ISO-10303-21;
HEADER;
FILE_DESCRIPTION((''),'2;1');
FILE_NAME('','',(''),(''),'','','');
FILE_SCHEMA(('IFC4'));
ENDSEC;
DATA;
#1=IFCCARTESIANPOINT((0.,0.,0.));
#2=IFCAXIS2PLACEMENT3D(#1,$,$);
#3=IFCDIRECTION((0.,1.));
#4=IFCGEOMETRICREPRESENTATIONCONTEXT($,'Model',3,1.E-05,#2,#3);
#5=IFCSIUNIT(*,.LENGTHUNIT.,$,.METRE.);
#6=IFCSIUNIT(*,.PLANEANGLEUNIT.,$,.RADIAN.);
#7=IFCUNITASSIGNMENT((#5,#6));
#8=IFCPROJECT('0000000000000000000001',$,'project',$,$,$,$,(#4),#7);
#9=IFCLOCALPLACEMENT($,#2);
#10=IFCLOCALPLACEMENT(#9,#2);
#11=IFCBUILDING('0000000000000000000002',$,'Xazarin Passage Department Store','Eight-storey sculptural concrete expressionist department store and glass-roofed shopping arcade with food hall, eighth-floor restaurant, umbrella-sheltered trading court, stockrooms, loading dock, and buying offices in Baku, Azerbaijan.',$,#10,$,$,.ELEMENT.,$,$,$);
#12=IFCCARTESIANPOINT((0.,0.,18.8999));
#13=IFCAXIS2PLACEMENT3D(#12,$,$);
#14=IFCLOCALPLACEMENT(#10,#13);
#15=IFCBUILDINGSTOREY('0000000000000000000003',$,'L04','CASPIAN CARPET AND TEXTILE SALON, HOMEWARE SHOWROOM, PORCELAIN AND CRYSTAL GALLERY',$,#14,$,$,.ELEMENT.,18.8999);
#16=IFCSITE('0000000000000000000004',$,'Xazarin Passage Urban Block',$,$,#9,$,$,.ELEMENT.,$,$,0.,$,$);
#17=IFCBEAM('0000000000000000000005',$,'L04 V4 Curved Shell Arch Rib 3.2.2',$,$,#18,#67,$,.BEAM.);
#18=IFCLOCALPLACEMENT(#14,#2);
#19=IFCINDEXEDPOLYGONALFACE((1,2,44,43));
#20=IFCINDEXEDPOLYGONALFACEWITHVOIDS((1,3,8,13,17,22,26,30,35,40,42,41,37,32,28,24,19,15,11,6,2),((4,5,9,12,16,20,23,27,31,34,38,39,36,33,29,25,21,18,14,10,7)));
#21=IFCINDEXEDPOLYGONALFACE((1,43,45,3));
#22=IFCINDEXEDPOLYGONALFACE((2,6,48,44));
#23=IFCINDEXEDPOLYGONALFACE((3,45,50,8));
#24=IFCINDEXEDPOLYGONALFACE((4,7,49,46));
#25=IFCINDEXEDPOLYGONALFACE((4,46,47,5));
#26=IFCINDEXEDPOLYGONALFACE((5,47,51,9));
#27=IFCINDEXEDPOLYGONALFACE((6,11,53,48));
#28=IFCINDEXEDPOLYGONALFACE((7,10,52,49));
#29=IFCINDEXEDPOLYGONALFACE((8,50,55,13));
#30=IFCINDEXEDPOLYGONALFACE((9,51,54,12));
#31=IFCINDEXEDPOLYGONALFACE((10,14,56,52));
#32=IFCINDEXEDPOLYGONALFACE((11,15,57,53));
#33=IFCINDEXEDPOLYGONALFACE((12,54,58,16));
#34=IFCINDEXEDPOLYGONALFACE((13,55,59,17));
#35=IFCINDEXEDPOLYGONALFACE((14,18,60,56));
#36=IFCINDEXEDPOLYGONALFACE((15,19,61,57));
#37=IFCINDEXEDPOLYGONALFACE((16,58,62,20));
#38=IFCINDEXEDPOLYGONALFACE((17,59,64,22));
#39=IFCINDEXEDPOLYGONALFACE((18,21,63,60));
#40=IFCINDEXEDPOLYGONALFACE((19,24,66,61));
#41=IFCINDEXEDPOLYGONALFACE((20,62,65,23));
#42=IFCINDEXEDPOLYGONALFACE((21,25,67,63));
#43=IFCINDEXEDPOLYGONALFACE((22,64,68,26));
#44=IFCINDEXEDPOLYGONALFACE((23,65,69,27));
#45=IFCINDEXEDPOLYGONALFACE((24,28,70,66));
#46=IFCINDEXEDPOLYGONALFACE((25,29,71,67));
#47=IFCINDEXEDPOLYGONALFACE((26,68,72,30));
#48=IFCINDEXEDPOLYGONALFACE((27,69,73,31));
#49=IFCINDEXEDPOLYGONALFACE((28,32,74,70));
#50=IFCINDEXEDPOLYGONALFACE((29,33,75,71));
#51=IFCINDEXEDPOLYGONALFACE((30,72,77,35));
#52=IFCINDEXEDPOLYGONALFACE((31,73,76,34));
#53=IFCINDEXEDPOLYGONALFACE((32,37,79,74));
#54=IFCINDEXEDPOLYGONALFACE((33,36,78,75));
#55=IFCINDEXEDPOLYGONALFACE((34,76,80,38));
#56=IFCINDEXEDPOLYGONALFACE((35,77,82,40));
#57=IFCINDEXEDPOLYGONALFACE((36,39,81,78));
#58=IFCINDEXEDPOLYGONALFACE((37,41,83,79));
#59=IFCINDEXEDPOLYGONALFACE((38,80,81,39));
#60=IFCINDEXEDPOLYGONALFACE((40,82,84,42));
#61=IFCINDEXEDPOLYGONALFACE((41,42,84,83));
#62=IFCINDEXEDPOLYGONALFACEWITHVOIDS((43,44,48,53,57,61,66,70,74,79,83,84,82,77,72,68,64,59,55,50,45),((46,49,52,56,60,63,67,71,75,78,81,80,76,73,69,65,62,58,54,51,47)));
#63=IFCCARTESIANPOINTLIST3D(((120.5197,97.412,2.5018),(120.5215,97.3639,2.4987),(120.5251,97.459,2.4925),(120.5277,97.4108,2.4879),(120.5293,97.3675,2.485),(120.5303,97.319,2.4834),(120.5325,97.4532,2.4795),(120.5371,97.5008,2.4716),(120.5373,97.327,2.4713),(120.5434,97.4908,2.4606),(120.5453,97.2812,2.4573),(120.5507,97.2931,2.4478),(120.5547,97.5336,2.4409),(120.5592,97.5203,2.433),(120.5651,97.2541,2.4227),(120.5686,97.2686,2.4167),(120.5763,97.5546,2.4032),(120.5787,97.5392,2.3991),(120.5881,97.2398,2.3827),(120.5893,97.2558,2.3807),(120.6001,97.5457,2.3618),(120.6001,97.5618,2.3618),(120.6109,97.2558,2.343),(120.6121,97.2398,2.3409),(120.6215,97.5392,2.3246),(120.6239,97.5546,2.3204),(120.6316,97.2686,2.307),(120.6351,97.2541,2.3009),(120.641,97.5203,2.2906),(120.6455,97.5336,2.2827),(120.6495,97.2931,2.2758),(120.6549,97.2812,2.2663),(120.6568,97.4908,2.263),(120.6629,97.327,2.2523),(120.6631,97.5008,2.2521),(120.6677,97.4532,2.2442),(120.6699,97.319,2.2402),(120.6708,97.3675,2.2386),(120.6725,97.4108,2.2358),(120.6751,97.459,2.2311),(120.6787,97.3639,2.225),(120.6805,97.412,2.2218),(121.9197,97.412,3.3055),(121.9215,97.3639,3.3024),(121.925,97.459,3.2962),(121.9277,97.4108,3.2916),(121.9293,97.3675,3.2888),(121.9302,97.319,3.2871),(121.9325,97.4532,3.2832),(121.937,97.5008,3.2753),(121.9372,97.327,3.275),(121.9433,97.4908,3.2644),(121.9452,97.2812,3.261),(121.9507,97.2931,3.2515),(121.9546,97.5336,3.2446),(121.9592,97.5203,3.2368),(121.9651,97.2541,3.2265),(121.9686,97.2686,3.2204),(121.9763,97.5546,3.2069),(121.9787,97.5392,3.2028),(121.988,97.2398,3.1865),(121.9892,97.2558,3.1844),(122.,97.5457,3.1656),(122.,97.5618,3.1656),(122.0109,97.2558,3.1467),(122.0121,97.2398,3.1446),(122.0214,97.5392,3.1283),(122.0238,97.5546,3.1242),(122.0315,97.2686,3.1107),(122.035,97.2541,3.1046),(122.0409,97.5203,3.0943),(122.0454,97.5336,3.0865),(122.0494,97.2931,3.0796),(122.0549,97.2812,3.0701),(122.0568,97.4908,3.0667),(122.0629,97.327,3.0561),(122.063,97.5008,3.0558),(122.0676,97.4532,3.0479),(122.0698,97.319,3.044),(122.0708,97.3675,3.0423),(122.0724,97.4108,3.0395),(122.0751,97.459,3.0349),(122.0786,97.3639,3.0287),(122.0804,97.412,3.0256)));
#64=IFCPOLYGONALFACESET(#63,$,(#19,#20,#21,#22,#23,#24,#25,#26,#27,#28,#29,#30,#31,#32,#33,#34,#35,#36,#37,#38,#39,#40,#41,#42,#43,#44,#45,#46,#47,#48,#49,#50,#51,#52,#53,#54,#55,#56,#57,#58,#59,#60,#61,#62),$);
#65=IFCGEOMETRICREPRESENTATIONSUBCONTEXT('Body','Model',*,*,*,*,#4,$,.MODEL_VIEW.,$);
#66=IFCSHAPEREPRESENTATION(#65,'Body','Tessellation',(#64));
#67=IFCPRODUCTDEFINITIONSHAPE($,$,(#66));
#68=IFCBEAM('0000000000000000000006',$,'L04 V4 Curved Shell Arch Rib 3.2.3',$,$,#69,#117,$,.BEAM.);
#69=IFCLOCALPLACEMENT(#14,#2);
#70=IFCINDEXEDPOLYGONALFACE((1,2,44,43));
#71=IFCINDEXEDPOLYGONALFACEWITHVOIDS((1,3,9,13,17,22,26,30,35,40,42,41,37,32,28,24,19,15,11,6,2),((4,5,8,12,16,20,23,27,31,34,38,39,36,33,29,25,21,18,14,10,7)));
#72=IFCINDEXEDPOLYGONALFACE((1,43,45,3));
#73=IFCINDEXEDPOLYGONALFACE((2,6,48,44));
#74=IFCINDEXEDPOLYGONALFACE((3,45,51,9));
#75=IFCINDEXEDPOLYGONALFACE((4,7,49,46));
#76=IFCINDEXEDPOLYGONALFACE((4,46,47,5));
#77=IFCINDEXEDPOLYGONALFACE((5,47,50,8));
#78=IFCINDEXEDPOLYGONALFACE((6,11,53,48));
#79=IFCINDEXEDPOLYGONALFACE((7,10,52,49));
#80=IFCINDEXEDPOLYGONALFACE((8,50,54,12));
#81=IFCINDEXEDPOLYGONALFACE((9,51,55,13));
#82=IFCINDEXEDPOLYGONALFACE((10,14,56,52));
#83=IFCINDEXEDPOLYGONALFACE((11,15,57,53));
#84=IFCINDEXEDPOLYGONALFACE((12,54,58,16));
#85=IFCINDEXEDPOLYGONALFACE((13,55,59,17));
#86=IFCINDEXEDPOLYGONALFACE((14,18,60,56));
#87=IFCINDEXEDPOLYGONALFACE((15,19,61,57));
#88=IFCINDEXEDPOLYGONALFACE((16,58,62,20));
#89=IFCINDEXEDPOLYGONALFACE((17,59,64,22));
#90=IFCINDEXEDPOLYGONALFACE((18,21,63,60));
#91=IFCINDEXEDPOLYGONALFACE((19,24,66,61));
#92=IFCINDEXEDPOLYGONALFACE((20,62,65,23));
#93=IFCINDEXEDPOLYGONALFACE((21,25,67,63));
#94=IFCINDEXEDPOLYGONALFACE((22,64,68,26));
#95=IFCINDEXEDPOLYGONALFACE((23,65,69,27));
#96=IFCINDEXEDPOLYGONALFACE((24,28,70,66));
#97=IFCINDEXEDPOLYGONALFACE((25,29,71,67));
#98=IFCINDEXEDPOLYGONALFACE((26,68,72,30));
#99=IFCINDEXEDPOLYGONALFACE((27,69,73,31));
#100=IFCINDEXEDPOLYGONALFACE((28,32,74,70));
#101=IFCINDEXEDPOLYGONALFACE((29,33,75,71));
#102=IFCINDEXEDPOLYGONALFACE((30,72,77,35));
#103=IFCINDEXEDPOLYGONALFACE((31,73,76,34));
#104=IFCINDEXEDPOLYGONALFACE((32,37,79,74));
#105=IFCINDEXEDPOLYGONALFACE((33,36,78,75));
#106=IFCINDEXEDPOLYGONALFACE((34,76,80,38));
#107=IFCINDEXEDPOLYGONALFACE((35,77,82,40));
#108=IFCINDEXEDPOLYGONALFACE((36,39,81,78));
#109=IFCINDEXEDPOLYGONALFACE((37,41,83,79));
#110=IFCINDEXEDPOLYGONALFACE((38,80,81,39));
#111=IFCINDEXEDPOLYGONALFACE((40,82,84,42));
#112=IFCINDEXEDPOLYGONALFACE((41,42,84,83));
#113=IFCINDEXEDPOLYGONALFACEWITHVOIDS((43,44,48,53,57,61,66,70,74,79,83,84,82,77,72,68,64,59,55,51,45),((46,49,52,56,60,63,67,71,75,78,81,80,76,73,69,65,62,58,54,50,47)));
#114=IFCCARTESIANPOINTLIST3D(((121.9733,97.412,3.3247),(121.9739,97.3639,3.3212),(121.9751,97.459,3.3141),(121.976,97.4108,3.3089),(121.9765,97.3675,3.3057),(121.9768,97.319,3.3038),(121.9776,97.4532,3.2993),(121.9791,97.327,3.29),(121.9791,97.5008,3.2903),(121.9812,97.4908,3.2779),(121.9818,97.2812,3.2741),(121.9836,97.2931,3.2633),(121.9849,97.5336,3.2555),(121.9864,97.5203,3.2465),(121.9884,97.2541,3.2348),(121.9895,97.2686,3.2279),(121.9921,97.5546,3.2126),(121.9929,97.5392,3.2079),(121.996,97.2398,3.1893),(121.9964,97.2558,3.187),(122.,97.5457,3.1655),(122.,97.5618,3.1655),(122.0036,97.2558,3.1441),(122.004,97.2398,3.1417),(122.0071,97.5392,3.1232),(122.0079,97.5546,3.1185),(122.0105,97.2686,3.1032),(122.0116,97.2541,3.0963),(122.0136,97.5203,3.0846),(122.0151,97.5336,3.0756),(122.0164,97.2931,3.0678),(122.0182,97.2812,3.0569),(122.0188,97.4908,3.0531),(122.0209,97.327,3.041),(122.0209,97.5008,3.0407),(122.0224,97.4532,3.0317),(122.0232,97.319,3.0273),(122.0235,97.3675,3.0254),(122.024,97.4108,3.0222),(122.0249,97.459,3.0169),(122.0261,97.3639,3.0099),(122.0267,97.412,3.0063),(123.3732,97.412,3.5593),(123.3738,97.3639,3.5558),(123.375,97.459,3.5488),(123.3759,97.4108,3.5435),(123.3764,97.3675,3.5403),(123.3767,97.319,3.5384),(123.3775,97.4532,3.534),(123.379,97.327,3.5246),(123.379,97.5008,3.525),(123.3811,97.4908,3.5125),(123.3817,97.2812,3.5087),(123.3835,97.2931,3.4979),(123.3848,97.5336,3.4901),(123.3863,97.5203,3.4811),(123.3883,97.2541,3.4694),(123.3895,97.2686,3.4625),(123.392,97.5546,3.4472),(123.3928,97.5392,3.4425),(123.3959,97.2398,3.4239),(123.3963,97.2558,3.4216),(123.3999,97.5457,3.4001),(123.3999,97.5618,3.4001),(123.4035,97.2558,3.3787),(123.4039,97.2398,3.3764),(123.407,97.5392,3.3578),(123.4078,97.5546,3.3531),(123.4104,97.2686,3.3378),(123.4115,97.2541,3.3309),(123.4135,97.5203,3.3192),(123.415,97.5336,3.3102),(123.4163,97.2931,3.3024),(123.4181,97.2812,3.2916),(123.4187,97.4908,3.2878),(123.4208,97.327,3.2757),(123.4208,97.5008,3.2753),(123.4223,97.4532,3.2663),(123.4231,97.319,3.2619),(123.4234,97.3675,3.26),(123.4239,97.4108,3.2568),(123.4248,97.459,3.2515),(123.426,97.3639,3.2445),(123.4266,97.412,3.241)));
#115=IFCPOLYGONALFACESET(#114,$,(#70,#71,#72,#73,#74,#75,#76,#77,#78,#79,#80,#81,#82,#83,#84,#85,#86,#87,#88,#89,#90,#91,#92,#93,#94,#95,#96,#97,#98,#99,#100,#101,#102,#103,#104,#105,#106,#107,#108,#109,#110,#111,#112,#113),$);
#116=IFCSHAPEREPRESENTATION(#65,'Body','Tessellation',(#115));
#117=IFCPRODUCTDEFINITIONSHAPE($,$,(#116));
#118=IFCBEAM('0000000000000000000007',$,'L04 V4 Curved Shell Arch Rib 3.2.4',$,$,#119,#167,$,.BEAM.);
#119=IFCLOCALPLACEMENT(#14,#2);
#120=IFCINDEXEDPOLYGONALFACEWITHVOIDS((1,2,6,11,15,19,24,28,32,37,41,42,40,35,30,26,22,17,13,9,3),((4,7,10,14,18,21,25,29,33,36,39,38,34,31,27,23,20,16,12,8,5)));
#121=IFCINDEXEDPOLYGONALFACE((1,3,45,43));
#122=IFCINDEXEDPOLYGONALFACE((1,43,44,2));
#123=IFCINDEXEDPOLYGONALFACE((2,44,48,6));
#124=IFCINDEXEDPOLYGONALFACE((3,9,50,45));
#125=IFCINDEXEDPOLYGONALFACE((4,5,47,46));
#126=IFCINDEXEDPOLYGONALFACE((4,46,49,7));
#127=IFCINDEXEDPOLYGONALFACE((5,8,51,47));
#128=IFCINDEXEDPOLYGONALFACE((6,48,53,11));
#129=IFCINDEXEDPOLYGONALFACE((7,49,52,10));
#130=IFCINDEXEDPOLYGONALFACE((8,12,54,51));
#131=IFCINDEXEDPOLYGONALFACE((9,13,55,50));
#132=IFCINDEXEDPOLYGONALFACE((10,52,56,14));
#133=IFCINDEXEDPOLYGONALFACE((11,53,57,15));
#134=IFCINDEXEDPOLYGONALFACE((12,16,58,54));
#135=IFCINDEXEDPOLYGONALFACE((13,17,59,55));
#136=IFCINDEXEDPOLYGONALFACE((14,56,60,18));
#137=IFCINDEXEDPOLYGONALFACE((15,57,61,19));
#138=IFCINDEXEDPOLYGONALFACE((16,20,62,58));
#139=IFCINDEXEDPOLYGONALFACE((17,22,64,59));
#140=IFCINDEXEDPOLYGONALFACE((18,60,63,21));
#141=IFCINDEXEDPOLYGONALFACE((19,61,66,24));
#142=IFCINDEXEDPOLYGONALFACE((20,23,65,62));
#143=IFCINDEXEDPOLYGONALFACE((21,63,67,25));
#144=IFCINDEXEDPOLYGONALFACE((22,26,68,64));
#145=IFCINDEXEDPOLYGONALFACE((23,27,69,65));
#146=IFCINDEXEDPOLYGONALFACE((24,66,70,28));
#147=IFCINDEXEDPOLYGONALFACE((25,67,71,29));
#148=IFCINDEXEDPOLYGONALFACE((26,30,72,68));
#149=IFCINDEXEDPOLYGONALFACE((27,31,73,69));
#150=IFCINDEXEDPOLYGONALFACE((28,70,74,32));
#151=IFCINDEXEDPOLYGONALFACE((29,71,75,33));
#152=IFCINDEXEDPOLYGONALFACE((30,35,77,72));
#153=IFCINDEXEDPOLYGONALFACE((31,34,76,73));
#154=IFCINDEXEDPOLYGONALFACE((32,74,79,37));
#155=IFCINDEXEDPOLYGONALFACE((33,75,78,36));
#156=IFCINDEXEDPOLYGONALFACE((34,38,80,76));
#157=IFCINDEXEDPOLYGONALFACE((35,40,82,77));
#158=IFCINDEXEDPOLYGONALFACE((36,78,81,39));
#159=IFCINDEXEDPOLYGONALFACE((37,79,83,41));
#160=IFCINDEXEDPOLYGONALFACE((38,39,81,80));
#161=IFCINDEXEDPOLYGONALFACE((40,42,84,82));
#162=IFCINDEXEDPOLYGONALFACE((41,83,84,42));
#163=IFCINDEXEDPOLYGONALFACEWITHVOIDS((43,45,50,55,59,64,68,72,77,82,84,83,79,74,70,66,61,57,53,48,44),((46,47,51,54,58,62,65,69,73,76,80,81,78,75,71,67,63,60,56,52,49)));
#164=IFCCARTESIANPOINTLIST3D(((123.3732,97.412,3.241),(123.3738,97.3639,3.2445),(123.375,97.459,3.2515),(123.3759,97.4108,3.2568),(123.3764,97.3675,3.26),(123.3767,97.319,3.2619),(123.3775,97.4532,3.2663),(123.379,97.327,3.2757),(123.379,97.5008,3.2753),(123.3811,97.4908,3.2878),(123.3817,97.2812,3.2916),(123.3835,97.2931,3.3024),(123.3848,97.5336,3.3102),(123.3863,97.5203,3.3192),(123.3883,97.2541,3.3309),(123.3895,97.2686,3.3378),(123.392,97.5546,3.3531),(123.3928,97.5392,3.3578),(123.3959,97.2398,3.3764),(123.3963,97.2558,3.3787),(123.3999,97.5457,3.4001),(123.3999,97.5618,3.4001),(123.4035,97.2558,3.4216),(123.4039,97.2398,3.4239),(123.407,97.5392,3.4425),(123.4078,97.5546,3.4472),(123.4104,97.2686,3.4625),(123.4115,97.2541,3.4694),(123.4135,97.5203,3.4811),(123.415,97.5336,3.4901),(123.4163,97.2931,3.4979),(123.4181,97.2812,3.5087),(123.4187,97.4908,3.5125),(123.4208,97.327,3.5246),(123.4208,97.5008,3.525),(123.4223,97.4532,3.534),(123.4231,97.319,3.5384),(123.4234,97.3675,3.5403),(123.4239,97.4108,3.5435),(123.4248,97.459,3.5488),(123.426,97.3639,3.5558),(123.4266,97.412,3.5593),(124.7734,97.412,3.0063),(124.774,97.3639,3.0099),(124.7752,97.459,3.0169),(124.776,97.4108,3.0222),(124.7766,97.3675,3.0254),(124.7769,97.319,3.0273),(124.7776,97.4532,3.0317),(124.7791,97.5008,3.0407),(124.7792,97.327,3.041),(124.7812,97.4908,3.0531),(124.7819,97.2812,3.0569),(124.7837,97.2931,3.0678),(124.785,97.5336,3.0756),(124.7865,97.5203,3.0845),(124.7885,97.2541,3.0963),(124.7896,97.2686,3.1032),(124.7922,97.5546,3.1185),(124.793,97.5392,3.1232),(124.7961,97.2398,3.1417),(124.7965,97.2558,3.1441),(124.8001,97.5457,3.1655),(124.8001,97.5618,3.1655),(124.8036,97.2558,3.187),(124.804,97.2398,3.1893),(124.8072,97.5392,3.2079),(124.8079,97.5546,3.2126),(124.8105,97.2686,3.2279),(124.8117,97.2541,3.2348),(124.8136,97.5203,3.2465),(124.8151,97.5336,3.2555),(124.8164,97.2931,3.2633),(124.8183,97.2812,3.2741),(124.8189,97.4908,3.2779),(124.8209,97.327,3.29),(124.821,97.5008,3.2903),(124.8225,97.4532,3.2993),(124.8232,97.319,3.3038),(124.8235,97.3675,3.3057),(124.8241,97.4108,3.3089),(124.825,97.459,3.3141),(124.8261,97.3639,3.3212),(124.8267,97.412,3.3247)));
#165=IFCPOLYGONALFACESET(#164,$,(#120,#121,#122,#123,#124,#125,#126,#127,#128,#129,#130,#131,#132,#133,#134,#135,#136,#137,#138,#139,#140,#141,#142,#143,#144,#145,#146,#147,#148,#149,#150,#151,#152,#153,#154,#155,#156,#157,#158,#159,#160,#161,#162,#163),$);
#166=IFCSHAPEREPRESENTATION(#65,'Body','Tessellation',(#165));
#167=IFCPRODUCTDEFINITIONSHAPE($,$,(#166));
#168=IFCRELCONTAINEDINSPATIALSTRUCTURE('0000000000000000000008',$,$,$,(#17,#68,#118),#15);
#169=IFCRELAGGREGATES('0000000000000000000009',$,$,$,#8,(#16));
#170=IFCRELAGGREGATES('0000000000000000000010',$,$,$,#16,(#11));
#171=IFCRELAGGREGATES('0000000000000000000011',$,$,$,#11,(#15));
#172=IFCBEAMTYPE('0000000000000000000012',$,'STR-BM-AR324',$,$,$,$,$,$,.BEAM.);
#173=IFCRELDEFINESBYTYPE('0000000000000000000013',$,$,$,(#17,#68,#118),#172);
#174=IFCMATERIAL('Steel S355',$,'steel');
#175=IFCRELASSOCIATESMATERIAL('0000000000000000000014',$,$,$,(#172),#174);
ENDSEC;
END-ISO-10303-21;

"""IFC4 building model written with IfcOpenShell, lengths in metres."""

from ifc_helpers import new_model, si_unit, direction, frame, origin, origin_2d, place, context, subcontext, project, spatial, hollow_circle, extrude, material, material_profile, profile_set, type_object, element, save


model = new_model("IFC4")

# Units and contexts
model_context = context("Model", 3, precision=1e-05, world=origin(), true_north=direction((0.0, 1.0)))
body_context = subcontext(model_context, "Body", "Model", "MODEL_VIEW")
ifc_project = project(units=[si_unit("LENGTHUNIT", "METRE"), si_unit("PLANEANGLEUNIT", "RADIAN")], contexts=[model_context])

# Site, building, storey
site_placement = place(None, origin())
site = spatial("IfcSite", under=ifc_project, at=site_placement, Name="Xazarin Passage Urban Block", CompositionType="ELEMENT", RefElevation=0.0)
building_placement = place(site_placement, origin())
building = spatial("IfcBuilding", under=site, at=building_placement, Name="Xazarin Passage Department Store", Description="Eight-storey sculptural concrete expressionist department store and glass-roofed shopping arcade with food hall, eighth-floor restaurant, umbrella-sheltered trading court, stockrooms, loading dock, and buying offices in Baku, Azerbaijan.", CompositionType="ELEMENT")
storey_placement = place(building_placement, frame((0.0, 0.0, 18.8999)))
storey = spatial("IfcBuildingStorey", under=building, at=storey_placement, Name="L04", Description="CASPIAN CARPET AND TEXTILE SALON, HOMEWARE SHOWROOM, PORCELAIN AND CRYSTAL GALLERY", CompositionType="ELEMENT", Elevation=18.8999)

# Beams
ifc_material_1 = material(Name="Steel S355", Category="steel")
ifc_material_profile_1 = material_profile(ifc_material_1, hollow_circle(Radius=0.1619, WallThickness=0.0161, at=origin_2d()), Name="CHS 323.9x16")
ifc_profile_set_1 = profile_set([ifc_material_profile_1], Name="Steel S355")
beam_type_1 = type_object("IfcBeamType", Name="STR-BM-AR324", PredefinedType="BEAM", material=ifc_profile_set_1)
beam_1_placement = place(storey_placement, frame((120.6001, 97.3999, 2.3618), z_axis=(0.867236, 0.0, 0.497897), x_axis=(0.0, 1.0, 0.0)))
element("IfcBeam", 1, at=beam_1_placement, inside=storey, type_object=beam_type_1, Name="L04 V4 Curved Shell Arch Rib 3.2.2", PredefinedType="BEAM", context=body_context, shape_type="SweptSolid", body=[
    extrude(hollow_circle(Radius=0.1619, WallThickness=0.0161, at=origin_2d()), origin(), (0.0, 0.0, 1.0), 1.6143),
])
beam_2_placement = place(storey_placement, frame((122.0, 97.3999, 3.1655), z_axis=(0.986245, 0.0, 0.165291), x_axis=(0.0, 1.0, 0.0)))
element("IfcBeam", 2, at=beam_2_placement, inside=storey, type_object=beam_type_1, Name="L04 V4 Curved Shell Arch Rib 3.2.3", PredefinedType="BEAM", context=body_context, shape_type="SweptSolid", body=[
    extrude(hollow_circle(Radius=0.1619, WallThickness=0.0161, at=origin_2d()), origin(), (0.0, 0.0, 1.0), 1.4194),
])
beam_3_placement = place(storey_placement, frame((123.3999, 97.3999, 3.4001), z_axis=(0.986249, 0.0, -0.165263), x_axis=(0.0, 1.0, 0.0)))
element("IfcBeam", 3, at=beam_3_placement, inside=storey, type_object=beam_type_1, Name="L04 V4 Curved Shell Arch Rib 3.2.4", PredefinedType="BEAM", context=body_context, shape_type="SweptSolid", body=[
    extrude(hollow_circle(Radius=0.1619, WallThickness=0.0161, at=origin_2d()), origin(), (0.0, 0.0, 1.0), 1.4197),
])

save(model, "model.ifc")
